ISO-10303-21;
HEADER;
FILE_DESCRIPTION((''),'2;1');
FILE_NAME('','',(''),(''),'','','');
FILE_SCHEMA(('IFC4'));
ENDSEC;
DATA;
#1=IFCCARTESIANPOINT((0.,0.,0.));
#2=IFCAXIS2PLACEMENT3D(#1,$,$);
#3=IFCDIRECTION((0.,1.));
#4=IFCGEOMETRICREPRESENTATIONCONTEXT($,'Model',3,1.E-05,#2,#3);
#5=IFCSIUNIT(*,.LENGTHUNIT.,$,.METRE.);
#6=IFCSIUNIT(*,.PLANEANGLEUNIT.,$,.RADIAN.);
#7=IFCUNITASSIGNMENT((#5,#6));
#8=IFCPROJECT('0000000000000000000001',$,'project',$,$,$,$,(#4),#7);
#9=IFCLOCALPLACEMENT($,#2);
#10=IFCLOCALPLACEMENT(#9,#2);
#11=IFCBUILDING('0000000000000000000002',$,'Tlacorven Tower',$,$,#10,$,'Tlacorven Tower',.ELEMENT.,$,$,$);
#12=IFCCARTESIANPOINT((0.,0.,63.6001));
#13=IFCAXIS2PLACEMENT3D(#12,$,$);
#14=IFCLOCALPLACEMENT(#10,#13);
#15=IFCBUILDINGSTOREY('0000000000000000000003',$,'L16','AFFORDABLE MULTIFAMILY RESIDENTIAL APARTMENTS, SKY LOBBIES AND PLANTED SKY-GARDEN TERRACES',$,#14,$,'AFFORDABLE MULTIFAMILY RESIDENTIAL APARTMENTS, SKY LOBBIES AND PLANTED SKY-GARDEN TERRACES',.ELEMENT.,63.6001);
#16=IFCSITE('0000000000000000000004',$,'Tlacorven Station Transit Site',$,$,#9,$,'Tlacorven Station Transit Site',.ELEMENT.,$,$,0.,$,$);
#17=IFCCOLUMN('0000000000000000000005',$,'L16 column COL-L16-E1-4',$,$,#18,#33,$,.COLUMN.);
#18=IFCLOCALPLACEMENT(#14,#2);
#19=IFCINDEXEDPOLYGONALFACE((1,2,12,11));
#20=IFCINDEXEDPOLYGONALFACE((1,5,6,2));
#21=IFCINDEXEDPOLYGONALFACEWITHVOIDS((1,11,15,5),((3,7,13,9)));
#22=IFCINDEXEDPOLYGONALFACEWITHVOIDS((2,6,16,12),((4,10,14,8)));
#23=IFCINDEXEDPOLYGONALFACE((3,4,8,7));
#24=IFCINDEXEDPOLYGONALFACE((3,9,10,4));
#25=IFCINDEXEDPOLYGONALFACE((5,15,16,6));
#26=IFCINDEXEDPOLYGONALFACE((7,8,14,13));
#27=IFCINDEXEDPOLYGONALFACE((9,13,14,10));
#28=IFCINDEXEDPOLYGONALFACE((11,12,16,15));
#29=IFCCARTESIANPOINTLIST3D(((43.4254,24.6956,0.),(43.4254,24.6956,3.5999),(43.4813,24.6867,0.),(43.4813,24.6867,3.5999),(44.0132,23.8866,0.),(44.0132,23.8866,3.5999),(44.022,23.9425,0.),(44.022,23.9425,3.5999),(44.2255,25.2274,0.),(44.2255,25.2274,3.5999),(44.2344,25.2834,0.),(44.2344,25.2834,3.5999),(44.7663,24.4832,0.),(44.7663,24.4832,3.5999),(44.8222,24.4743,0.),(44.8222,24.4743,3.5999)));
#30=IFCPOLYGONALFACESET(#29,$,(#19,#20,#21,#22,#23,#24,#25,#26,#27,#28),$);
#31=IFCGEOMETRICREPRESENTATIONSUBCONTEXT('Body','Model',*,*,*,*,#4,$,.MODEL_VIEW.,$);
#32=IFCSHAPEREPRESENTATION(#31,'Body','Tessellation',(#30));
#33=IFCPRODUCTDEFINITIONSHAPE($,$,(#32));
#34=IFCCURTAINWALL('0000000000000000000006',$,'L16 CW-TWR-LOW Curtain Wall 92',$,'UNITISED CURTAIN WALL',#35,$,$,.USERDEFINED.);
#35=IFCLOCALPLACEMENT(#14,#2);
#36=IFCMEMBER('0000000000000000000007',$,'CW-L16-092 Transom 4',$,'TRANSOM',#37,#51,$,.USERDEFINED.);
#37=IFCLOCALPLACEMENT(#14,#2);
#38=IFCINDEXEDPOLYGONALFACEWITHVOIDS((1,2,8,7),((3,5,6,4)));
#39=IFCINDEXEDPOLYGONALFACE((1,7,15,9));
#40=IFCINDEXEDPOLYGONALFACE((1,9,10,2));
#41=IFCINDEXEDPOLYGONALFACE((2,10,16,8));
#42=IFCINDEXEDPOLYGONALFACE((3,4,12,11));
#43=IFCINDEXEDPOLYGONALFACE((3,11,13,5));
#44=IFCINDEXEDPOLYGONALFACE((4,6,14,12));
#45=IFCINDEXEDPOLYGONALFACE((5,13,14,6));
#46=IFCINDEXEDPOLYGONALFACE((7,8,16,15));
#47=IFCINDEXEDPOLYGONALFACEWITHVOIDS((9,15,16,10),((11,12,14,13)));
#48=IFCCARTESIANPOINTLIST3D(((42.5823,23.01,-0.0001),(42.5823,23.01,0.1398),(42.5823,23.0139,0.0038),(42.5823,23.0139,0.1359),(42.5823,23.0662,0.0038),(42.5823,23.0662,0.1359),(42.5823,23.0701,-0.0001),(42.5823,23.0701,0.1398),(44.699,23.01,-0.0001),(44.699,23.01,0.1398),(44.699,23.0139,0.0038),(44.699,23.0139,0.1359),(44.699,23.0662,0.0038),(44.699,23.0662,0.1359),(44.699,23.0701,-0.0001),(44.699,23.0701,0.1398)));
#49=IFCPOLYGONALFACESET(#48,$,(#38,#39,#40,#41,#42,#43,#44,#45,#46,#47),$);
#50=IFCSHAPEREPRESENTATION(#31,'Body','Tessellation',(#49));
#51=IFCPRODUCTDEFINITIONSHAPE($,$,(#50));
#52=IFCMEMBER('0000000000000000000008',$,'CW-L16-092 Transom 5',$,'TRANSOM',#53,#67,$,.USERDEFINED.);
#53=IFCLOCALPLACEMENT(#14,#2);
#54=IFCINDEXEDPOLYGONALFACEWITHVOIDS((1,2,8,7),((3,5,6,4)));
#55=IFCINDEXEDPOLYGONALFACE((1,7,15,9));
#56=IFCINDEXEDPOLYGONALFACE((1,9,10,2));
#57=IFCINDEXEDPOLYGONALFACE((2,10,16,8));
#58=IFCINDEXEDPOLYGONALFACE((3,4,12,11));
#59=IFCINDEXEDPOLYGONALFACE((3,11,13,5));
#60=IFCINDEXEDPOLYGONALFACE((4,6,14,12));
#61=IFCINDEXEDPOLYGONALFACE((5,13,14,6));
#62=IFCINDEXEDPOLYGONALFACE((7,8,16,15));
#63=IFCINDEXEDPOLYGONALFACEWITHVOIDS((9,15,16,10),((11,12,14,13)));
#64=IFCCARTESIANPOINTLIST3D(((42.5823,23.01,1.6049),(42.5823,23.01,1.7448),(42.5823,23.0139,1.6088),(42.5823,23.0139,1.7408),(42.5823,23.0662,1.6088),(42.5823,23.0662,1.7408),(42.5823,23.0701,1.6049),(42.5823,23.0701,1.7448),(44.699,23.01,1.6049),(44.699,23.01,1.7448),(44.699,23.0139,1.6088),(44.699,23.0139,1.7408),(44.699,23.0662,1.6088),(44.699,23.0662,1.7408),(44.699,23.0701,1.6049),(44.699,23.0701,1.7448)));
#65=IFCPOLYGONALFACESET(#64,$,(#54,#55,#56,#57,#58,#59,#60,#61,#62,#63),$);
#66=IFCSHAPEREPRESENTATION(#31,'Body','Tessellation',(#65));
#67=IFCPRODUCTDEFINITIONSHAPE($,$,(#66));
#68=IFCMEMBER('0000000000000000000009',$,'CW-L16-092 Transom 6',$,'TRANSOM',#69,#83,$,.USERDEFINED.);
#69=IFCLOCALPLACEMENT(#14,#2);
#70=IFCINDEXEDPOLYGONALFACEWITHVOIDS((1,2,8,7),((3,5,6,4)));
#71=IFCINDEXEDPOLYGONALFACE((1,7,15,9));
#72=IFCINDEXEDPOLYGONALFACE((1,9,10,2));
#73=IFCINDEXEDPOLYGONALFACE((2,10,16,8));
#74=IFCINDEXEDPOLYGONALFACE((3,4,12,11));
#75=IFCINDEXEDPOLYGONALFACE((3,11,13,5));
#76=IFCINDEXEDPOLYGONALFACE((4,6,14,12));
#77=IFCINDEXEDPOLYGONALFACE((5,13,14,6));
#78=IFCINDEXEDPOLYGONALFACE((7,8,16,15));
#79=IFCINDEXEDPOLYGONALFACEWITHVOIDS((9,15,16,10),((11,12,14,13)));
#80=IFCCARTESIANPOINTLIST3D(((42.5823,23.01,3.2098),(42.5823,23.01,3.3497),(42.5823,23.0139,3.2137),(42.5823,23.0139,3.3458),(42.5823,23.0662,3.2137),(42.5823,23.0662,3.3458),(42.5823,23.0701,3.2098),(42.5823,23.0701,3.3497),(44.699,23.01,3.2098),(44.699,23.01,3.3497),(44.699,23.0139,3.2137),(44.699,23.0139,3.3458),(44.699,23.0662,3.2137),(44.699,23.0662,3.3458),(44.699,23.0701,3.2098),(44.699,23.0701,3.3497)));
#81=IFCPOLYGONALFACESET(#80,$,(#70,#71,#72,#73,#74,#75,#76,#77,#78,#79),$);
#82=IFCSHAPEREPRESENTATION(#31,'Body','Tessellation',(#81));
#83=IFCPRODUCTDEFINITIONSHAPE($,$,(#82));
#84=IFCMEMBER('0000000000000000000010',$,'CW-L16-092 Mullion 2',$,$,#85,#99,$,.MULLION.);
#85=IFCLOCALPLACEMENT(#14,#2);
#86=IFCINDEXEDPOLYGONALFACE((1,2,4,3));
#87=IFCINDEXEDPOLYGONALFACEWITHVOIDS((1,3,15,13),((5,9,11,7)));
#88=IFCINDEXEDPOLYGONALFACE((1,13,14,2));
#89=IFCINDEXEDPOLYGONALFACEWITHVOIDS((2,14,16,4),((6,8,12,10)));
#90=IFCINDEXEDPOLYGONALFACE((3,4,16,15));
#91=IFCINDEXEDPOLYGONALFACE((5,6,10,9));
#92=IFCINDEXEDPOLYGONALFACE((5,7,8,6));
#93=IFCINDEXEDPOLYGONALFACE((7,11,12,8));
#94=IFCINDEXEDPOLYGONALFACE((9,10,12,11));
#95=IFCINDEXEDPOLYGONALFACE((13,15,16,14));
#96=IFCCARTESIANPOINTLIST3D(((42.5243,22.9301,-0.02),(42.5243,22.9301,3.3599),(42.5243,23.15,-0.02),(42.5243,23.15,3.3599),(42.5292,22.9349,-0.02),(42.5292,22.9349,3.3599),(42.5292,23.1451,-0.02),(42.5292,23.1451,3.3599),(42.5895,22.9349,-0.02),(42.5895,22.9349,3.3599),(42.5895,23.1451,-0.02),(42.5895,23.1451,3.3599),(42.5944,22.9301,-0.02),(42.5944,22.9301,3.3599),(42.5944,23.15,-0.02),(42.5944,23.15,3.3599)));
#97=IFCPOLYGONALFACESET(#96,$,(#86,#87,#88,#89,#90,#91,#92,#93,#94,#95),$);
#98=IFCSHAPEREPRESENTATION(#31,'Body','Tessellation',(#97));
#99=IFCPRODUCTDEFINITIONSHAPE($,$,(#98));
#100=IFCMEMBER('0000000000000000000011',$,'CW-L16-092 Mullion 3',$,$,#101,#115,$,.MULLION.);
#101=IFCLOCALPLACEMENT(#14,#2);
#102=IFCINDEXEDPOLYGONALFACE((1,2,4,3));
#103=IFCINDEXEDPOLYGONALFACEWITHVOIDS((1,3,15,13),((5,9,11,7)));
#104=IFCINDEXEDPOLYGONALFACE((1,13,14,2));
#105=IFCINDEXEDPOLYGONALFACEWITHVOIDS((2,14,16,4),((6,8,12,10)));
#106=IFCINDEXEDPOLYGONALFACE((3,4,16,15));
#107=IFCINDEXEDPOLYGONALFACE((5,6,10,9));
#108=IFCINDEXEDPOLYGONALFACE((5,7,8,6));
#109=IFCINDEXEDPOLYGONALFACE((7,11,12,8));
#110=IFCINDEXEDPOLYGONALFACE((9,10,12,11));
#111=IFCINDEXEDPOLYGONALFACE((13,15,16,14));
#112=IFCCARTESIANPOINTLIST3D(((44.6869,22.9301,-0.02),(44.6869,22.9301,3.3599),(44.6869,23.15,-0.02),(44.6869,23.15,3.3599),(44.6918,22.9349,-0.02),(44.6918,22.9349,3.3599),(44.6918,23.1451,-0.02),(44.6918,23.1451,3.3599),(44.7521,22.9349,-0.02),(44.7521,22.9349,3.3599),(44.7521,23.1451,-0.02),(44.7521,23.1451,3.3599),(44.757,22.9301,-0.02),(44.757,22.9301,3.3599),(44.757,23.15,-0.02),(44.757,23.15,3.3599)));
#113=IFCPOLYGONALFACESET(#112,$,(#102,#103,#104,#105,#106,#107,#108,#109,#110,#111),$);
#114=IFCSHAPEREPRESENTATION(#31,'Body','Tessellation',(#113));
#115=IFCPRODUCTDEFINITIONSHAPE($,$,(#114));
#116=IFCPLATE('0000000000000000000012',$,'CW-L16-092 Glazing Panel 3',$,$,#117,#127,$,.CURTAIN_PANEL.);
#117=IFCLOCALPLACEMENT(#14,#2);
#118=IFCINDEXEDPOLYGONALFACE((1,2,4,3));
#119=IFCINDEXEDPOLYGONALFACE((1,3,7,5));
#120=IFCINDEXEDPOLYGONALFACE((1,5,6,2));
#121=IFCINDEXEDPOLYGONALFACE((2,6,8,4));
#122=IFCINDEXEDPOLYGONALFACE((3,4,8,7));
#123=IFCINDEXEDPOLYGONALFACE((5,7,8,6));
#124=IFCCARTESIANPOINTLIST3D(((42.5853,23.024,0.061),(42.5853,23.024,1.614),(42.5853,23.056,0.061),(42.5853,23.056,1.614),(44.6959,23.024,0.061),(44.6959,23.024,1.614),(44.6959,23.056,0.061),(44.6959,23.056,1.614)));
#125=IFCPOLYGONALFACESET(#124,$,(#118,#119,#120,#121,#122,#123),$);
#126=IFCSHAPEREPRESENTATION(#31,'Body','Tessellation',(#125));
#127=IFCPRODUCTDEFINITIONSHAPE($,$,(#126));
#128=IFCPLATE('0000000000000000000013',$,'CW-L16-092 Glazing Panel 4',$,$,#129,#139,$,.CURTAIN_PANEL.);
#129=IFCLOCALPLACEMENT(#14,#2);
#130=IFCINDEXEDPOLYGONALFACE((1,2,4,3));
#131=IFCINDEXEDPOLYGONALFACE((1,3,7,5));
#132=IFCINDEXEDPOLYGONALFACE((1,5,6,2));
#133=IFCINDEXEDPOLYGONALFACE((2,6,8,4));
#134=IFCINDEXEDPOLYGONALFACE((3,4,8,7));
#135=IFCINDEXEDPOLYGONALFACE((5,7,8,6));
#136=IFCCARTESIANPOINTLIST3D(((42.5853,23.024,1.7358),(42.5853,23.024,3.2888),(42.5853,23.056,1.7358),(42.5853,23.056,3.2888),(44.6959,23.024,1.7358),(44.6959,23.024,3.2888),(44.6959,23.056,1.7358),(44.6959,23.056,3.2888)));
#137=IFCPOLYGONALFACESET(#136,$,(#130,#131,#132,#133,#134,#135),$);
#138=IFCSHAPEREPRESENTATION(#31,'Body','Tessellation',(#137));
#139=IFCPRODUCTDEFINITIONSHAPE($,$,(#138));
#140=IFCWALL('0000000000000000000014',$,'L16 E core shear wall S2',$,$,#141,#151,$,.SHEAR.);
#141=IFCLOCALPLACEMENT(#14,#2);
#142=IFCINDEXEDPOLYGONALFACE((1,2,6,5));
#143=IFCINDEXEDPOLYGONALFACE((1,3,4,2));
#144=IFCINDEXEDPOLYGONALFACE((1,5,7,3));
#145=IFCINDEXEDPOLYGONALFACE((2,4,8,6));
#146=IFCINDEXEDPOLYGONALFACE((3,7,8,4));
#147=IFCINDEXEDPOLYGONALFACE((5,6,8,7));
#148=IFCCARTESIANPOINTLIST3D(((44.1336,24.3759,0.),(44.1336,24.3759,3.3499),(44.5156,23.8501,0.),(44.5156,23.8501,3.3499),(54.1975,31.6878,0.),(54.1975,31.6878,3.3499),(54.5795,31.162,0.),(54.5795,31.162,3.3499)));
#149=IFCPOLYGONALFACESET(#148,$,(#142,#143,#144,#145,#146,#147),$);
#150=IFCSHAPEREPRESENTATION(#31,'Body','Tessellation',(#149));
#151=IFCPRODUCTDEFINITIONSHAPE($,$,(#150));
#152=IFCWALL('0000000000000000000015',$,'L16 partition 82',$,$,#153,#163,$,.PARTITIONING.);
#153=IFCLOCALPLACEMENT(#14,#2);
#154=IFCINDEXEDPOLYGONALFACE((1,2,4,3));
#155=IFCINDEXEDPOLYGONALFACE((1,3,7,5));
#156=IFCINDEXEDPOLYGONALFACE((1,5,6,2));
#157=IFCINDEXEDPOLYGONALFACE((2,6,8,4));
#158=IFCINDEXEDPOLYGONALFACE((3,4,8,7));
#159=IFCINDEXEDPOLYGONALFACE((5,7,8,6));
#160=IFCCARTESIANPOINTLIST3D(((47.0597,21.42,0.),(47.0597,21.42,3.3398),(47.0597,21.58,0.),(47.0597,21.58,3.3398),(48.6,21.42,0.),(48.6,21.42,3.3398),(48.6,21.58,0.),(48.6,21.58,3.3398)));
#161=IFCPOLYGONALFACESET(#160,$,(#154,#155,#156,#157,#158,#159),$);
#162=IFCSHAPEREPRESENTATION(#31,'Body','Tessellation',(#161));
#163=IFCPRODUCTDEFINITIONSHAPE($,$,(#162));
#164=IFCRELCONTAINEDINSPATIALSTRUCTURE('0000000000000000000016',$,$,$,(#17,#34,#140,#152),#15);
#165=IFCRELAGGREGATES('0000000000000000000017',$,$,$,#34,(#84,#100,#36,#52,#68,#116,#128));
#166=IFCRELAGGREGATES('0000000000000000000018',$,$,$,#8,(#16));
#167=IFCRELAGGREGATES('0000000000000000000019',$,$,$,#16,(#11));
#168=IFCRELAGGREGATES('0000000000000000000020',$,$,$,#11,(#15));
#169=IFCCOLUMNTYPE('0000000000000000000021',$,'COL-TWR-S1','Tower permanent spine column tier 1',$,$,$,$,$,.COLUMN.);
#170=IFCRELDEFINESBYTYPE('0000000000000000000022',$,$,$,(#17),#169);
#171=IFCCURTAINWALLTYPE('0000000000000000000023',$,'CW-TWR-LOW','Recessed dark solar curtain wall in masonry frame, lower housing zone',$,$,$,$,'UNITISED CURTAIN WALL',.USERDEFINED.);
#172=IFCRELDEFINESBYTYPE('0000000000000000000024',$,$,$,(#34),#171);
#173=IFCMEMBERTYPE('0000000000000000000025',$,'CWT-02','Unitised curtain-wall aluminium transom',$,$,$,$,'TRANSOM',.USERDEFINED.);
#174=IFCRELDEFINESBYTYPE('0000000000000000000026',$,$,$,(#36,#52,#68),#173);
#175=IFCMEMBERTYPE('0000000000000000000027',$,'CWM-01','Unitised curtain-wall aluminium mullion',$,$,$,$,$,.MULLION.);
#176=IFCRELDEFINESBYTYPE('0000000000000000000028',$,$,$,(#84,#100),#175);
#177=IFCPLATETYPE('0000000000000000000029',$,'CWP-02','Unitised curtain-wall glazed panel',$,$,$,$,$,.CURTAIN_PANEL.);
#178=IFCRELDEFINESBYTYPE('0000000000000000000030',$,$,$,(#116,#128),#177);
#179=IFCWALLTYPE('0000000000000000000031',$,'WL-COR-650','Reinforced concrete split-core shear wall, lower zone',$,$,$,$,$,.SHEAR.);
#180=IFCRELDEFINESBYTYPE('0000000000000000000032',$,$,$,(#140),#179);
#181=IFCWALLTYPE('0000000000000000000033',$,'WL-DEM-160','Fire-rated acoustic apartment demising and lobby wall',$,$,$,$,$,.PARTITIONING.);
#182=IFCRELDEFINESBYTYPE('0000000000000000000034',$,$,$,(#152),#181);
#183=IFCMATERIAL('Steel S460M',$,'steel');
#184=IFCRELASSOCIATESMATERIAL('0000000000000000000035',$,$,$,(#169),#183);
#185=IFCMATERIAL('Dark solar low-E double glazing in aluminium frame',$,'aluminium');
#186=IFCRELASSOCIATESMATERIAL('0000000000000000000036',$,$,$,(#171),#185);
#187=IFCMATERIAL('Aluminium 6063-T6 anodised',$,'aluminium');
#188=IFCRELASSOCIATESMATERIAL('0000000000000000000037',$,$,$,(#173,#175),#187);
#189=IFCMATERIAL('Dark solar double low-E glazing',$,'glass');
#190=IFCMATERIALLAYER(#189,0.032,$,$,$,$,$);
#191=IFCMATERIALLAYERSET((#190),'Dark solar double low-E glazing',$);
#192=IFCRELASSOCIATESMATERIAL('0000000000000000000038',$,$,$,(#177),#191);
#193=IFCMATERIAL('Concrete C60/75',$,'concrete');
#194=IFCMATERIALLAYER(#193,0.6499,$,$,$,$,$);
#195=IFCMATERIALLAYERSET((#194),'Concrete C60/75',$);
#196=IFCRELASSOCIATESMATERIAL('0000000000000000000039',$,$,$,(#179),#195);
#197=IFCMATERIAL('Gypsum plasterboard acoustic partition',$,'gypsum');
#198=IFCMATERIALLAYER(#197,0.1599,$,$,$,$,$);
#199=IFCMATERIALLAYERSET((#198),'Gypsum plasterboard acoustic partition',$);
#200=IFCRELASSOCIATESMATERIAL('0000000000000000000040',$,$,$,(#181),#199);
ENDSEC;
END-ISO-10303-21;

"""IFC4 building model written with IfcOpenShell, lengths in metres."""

from ifc_helpers import new_model, si_unit, direction, frame, frame_2d, origin, origin_2d, place, context, subcontext, project, spatial, rectangle, hollow_rectangle, extrude, source, transform, mapped, material, layer, layer_set, material_profile, profile_set, type_object, element, aggregate, save


model = new_model("IFC4")

# Units and contexts
model_context = context("Model", 3, precision=1e-05, world=origin(), true_north=direction((0.0, 1.0)))
body_context = subcontext(model_context, "Body", "Model", "MODEL_VIEW")
ifc_project = project(units=[si_unit("LENGTHUNIT", "METRE"), si_unit("PLANEANGLEUNIT", "RADIAN")], contexts=[model_context])

# Site, building, storey
site_placement = place(None, origin())
site = spatial("IfcSite", under=ifc_project, at=site_placement, Name="Tlacorven Station Transit Site", LongName="Tlacorven Station Transit Site", CompositionType="ELEMENT", RefElevation=0.0)
building_placement = place(site_placement, origin())
building = spatial("IfcBuilding", under=site, at=building_placement, Name="Tlacorven Tower", LongName="Tlacorven Tower", CompositionType="ELEMENT")
storey_placement = place(building_placement, frame((0.0, 0.0, 63.6001)))
storey = spatial("IfcBuildingStorey", under=building, at=storey_placement, Name="L16", Description="AFFORDABLE MULTIFAMILY RESIDENTIAL APARTMENTS, SKY LOBBIES AND PLANTED SKY-GARDEN TERRACES", LongName="AFFORDABLE MULTIFAMILY RESIDENTIAL APARTMENTS, SKY LOBBIES AND PLANTED SKY-GARDEN TERRACES", CompositionType="ELEMENT", Elevation=63.6001)

# Column
ifc_material_1 = material(Name="Steel S460M", Category="steel")
ifc_material_profile_1 = material_profile(ifc_material_1, hollow_rectangle(XDim=1.0, YDim=1.0, WallThickness=0.04, at=origin_2d()), Name="BOX 1000X1000X40")
ifc_profile_set_1 = profile_set([ifc_material_profile_1], Name="Steel S460M")
column_type = type_object("IfcColumnType", Name="COL-TWR-S1", Description="Tower permanent spine column tier 1", PredefinedType="COLUMN", material=ifc_profile_set_1)
shared_shape_1 = source(origin(), body_context, "Body", "SweptSolid", [
    extrude(hollow_rectangle(XDim=1.0, YDim=1.0, WallThickness=0.04, at=origin_2d()), origin(), (0.0, 0.0, 1.0), 3.5999),
])
column_placement = place(storey_placement, frame((44.1238, 24.585, 0.0), z_axis=(0.0, 0.0, 1.0), x_axis=(0.809017, 0.587785, 0.0)))
element("IfcColumn", 1, at=column_placement, inside=storey, type_object=column_type, Name="L16 column COL-L16-E1-4", PredefinedType="COLUMN", context=body_context, shape_type="MappedRepresentation", body=[
    mapped(shared_shape_1, transform((0.0, 0.0, 0.0), scale=1.0)),
])

# Curtain wall, members, plates
ifc_material_2 = material(Name="Dark solar low-E double glazing in aluminium frame", Category="aluminium")
curtain_wall_type = type_object("IfcCurtainWallType", Name="CW-TWR-LOW", Description="Recessed dark solar curtain wall in masonry frame, lower housing zone", ElementType="UNITISED CURTAIN WALL", PredefinedType="USERDEFINED", material=ifc_material_2)
curtain_wall_placement = place(storey_placement, origin())
curtain_wall = element("IfcCurtainWall", 2, at=curtain_wall_placement, inside=storey, type_object=curtain_wall_type, Name="L16 CW-TWR-LOW Curtain Wall 92", ObjectType="UNITISED CURTAIN WALL", PredefinedType="USERDEFINED")
ifc_material_3 = material(Name="Aluminium 6063-T6 anodised", Category="aluminium")
ifc_material_profile_2 = material_profile(ifc_material_3, hollow_rectangle(XDim=0.0601, YDim=0.1399, WallThickness=0.0039, at=origin_2d()), Name="ALU TRANSOM 60X140")
ifc_profile_set_2 = profile_set([ifc_material_profile_2], Name="Aluminium 6063-T6 anodised")
member_type_1 = type_object("IfcMemberType", Name="CWT-02", Description="Unitised curtain-wall aluminium transom", ElementType="TRANSOM", PredefinedType="USERDEFINED", material=ifc_profile_set_2)
shared_shape_2 = source(origin(), body_context, "Body", "SweptSolid", [
    extrude(hollow_rectangle(XDim=0.0601, YDim=0.1399, WallThickness=0.0039, at=origin_2d()), origin(), (0.0, 0.0, 1.0), 2.1167),
])
member_1_placement = place(storey_placement, frame((42.5823, 23.04, 0.0698), z_axis=(1.0, 0.0, 0.0), x_axis=(0.0, 1.0, 0.0)))
member_1 = element("IfcMember", 3, at=member_1_placement, type_object=member_type_1, Name="CW-L16-092 Transom 4", ObjectType="TRANSOM", PredefinedType="USERDEFINED", context=body_context, shape_type="MappedRepresentation", body=[
    mapped(shared_shape_2, transform((0.0, 0.0, 0.0), scale=1.0)),
])
member_2_placement = place(storey_placement, frame((42.5823, 23.04, 1.6748), z_axis=(1.0, 0.0, 0.0), x_axis=(0.0, 1.0, 0.0)))
member_2 = element("IfcMember", 4, at=member_2_placement, type_object=member_type_1, Name="CW-L16-092 Transom 5", ObjectType="TRANSOM", PredefinedType="USERDEFINED", context=body_context, shape_type="MappedRepresentation", body=[
    mapped(shared_shape_2, transform((0.0, 0.0, 0.0), scale=1.0)),
])
member_3_placement = place(storey_placement, frame((42.5823, 23.04, 3.2798), z_axis=(1.0, 0.0, 0.0), x_axis=(0.0, 1.0, 0.0)))
member_3 = element("IfcMember", 5, at=member_3_placement, type_object=member_type_1, Name="CW-L16-092 Transom 6", ObjectType="TRANSOM", PredefinedType="USERDEFINED", context=body_context, shape_type="MappedRepresentation", body=[
    mapped(shared_shape_2, transform((0.0, 0.0, 0.0), scale=1.0)),
])
ifc_material_profile_3 = material_profile(ifc_material_3, hollow_rectangle(XDim=0.0701, YDim=0.22, WallThickness=0.0049, at=origin_2d()), Name="ALU MULLION 70X220")
ifc_profile_set_3 = profile_set([ifc_material_profile_3], Name="Aluminium 6063-T6 anodised")
member_type_2 = type_object("IfcMemberType", Name="CWM-01", Description="Unitised curtain-wall aluminium mullion", PredefinedType="MULLION", material=ifc_profile_set_3)
shared_shape_3 = source(origin(), body_context, "Body", "SweptSolid", [
    extrude(hollow_rectangle(XDim=0.0701, YDim=0.22, WallThickness=0.0049, at=origin_2d()), origin(), (0.0, 0.0, 1.0), 3.3799),
])
member_4_placement = place(storey_placement, frame((42.5593, 23.04, -0.02), z_axis=(0.0, 0.0, 1.0), x_axis=(1.0, 0.0, 0.0)))
member_4 = element("IfcMember", 6, at=member_4_placement, type_object=member_type_2, Name="CW-L16-092 Mullion 2", PredefinedType="MULLION", context=body_context, shape_type="MappedRepresentation", body=[
    mapped(shared_shape_3, transform((0.0, 0.0, 0.0), scale=1.0)),
])
member_5_placement = place(storey_placement, frame((44.7219, 23.04, -0.02), z_axis=(0.0, 0.0, 1.0), x_axis=(1.0, 0.0, 0.0)))
member_5 = element("IfcMember", 7, at=member_5_placement, type_object=member_type_2, Name="CW-L16-092 Mullion 3", PredefinedType="MULLION", context=body_context, shape_type="MappedRepresentation", body=[
    mapped(shared_shape_3, transform((0.0, 0.0, 0.0), scale=1.0)),
])
ifc_material_4 = material(Name="Dark solar double low-E glazing", Category="glass")
ifc_layer_1 = layer(ifc_material_4, 0.032)
ifc_layer_set_1 = layer_set([ifc_layer_1], Name="Dark solar double low-E glazing")
plate_type = type_object("IfcPlateType", Name="CWP-02", Description="Unitised curtain-wall glazed panel", PredefinedType="CURTAIN_PANEL", material=ifc_layer_set_1)
shared_shape_4 = source(origin(), body_context, "Body", "SweptSolid", [
    extrude(rectangle(XDim=2.1106, YDim=0.032, at=origin_2d()), origin(), (0.0, 0.0, 1.0), 1.553),
])
plate_1_placement = place(storey_placement, frame((43.6406, 23.04, 0.061), z_axis=(0.0, 0.0, 1.0), x_axis=(1.0, 0.0, 0.0)))
plate_1 = element("IfcPlate", 8, at=plate_1_placement, type_object=plate_type, Name="CW-L16-092 Glazing Panel 3", PredefinedType="CURTAIN_PANEL", context=body_context, shape_type="MappedRepresentation", body=[
    mapped(shared_shape_4, transform((0.0, 0.0, 0.0), scale=1.0)),
])
plate_2_placement = place(storey_placement, frame((43.6406, 23.04, 1.7358), z_axis=(0.0, 0.0, 1.0), x_axis=(1.0, 0.0, 0.0)))
plate_2 = element("IfcPlate", 9, at=plate_2_placement, type_object=plate_type, Name="CW-L16-092 Glazing Panel 4", PredefinedType="CURTAIN_PANEL", context=body_context, shape_type="MappedRepresentation", body=[
    mapped(shared_shape_4, transform((0.0, 0.0, 0.0), scale=1.0)),
])
aggregate(curtain_wall, [member_4, member_5, member_1, member_2, member_3, plate_1, plate_2])

# Walls
ifc_material_5 = material(Name="Concrete C60/75", Category="concrete")
ifc_layer_2 = layer(ifc_material_5, 0.6499)
ifc_layer_set_2 = layer_set([ifc_layer_2], Name="Concrete C60/75")
wall_type_1 = type_object("IfcWallType", Name="WL-COR-650", Description="Reinforced concrete split-core shear wall, lower zone", PredefinedType="SHEAR", material=ifc_layer_set_2)
wall_1_placement = place(storey_placement, frame((44.3247, 24.113, 0.0), z_axis=(0.0, 0.0, 1.0), x_axis=(0.809013, 0.587791, 0.0)))
element("IfcWall", 10, at=wall_1_placement, inside=storey, type_object=wall_type_1, Name="L16 E core shear wall S2", PredefinedType="SHEAR", context=body_context, shape_type="SweptSolid", body=[
    extrude(rectangle(XDim=12.4397, YDim=0.6499, at=frame_2d((6.2197, 0.0))), origin(), (0.0, 0.0, 1.0), 3.3499),
])
ifc_material_6 = material(Name="Gypsum plasterboard acoustic partition", Category="gypsum")
ifc_layer_3 = layer(ifc_material_6, 0.1599)
ifc_layer_set_3 = layer_set([ifc_layer_3], Name="Gypsum plasterboard acoustic partition")
wall_type_2 = type_object("IfcWallType", Name="WL-DEM-160", Description="Fire-rated acoustic apartment demising and lobby wall", PredefinedType="PARTITIONING", material=ifc_layer_set_3)
wall_2_placement = place(storey_placement, frame((47.0598, 21.5, 0.0), z_axis=(0.0, 0.0, 1.0), x_axis=(1.0, 0.0, 0.0)))
element("IfcWall", 11, at=wall_2_placement, inside=storey, type_object=wall_type_2, Name="L16 partition 82", PredefinedType="PARTITIONING", context=body_context, shape_type="SweptSolid", body=[
    extrude(rectangle(XDim=1.5403, YDim=0.1599, at=frame_2d((0.77, 0.0))), origin(), (0.0, 0.0, 1.0), 3.3398),
])

save(model, "model.ifc")
